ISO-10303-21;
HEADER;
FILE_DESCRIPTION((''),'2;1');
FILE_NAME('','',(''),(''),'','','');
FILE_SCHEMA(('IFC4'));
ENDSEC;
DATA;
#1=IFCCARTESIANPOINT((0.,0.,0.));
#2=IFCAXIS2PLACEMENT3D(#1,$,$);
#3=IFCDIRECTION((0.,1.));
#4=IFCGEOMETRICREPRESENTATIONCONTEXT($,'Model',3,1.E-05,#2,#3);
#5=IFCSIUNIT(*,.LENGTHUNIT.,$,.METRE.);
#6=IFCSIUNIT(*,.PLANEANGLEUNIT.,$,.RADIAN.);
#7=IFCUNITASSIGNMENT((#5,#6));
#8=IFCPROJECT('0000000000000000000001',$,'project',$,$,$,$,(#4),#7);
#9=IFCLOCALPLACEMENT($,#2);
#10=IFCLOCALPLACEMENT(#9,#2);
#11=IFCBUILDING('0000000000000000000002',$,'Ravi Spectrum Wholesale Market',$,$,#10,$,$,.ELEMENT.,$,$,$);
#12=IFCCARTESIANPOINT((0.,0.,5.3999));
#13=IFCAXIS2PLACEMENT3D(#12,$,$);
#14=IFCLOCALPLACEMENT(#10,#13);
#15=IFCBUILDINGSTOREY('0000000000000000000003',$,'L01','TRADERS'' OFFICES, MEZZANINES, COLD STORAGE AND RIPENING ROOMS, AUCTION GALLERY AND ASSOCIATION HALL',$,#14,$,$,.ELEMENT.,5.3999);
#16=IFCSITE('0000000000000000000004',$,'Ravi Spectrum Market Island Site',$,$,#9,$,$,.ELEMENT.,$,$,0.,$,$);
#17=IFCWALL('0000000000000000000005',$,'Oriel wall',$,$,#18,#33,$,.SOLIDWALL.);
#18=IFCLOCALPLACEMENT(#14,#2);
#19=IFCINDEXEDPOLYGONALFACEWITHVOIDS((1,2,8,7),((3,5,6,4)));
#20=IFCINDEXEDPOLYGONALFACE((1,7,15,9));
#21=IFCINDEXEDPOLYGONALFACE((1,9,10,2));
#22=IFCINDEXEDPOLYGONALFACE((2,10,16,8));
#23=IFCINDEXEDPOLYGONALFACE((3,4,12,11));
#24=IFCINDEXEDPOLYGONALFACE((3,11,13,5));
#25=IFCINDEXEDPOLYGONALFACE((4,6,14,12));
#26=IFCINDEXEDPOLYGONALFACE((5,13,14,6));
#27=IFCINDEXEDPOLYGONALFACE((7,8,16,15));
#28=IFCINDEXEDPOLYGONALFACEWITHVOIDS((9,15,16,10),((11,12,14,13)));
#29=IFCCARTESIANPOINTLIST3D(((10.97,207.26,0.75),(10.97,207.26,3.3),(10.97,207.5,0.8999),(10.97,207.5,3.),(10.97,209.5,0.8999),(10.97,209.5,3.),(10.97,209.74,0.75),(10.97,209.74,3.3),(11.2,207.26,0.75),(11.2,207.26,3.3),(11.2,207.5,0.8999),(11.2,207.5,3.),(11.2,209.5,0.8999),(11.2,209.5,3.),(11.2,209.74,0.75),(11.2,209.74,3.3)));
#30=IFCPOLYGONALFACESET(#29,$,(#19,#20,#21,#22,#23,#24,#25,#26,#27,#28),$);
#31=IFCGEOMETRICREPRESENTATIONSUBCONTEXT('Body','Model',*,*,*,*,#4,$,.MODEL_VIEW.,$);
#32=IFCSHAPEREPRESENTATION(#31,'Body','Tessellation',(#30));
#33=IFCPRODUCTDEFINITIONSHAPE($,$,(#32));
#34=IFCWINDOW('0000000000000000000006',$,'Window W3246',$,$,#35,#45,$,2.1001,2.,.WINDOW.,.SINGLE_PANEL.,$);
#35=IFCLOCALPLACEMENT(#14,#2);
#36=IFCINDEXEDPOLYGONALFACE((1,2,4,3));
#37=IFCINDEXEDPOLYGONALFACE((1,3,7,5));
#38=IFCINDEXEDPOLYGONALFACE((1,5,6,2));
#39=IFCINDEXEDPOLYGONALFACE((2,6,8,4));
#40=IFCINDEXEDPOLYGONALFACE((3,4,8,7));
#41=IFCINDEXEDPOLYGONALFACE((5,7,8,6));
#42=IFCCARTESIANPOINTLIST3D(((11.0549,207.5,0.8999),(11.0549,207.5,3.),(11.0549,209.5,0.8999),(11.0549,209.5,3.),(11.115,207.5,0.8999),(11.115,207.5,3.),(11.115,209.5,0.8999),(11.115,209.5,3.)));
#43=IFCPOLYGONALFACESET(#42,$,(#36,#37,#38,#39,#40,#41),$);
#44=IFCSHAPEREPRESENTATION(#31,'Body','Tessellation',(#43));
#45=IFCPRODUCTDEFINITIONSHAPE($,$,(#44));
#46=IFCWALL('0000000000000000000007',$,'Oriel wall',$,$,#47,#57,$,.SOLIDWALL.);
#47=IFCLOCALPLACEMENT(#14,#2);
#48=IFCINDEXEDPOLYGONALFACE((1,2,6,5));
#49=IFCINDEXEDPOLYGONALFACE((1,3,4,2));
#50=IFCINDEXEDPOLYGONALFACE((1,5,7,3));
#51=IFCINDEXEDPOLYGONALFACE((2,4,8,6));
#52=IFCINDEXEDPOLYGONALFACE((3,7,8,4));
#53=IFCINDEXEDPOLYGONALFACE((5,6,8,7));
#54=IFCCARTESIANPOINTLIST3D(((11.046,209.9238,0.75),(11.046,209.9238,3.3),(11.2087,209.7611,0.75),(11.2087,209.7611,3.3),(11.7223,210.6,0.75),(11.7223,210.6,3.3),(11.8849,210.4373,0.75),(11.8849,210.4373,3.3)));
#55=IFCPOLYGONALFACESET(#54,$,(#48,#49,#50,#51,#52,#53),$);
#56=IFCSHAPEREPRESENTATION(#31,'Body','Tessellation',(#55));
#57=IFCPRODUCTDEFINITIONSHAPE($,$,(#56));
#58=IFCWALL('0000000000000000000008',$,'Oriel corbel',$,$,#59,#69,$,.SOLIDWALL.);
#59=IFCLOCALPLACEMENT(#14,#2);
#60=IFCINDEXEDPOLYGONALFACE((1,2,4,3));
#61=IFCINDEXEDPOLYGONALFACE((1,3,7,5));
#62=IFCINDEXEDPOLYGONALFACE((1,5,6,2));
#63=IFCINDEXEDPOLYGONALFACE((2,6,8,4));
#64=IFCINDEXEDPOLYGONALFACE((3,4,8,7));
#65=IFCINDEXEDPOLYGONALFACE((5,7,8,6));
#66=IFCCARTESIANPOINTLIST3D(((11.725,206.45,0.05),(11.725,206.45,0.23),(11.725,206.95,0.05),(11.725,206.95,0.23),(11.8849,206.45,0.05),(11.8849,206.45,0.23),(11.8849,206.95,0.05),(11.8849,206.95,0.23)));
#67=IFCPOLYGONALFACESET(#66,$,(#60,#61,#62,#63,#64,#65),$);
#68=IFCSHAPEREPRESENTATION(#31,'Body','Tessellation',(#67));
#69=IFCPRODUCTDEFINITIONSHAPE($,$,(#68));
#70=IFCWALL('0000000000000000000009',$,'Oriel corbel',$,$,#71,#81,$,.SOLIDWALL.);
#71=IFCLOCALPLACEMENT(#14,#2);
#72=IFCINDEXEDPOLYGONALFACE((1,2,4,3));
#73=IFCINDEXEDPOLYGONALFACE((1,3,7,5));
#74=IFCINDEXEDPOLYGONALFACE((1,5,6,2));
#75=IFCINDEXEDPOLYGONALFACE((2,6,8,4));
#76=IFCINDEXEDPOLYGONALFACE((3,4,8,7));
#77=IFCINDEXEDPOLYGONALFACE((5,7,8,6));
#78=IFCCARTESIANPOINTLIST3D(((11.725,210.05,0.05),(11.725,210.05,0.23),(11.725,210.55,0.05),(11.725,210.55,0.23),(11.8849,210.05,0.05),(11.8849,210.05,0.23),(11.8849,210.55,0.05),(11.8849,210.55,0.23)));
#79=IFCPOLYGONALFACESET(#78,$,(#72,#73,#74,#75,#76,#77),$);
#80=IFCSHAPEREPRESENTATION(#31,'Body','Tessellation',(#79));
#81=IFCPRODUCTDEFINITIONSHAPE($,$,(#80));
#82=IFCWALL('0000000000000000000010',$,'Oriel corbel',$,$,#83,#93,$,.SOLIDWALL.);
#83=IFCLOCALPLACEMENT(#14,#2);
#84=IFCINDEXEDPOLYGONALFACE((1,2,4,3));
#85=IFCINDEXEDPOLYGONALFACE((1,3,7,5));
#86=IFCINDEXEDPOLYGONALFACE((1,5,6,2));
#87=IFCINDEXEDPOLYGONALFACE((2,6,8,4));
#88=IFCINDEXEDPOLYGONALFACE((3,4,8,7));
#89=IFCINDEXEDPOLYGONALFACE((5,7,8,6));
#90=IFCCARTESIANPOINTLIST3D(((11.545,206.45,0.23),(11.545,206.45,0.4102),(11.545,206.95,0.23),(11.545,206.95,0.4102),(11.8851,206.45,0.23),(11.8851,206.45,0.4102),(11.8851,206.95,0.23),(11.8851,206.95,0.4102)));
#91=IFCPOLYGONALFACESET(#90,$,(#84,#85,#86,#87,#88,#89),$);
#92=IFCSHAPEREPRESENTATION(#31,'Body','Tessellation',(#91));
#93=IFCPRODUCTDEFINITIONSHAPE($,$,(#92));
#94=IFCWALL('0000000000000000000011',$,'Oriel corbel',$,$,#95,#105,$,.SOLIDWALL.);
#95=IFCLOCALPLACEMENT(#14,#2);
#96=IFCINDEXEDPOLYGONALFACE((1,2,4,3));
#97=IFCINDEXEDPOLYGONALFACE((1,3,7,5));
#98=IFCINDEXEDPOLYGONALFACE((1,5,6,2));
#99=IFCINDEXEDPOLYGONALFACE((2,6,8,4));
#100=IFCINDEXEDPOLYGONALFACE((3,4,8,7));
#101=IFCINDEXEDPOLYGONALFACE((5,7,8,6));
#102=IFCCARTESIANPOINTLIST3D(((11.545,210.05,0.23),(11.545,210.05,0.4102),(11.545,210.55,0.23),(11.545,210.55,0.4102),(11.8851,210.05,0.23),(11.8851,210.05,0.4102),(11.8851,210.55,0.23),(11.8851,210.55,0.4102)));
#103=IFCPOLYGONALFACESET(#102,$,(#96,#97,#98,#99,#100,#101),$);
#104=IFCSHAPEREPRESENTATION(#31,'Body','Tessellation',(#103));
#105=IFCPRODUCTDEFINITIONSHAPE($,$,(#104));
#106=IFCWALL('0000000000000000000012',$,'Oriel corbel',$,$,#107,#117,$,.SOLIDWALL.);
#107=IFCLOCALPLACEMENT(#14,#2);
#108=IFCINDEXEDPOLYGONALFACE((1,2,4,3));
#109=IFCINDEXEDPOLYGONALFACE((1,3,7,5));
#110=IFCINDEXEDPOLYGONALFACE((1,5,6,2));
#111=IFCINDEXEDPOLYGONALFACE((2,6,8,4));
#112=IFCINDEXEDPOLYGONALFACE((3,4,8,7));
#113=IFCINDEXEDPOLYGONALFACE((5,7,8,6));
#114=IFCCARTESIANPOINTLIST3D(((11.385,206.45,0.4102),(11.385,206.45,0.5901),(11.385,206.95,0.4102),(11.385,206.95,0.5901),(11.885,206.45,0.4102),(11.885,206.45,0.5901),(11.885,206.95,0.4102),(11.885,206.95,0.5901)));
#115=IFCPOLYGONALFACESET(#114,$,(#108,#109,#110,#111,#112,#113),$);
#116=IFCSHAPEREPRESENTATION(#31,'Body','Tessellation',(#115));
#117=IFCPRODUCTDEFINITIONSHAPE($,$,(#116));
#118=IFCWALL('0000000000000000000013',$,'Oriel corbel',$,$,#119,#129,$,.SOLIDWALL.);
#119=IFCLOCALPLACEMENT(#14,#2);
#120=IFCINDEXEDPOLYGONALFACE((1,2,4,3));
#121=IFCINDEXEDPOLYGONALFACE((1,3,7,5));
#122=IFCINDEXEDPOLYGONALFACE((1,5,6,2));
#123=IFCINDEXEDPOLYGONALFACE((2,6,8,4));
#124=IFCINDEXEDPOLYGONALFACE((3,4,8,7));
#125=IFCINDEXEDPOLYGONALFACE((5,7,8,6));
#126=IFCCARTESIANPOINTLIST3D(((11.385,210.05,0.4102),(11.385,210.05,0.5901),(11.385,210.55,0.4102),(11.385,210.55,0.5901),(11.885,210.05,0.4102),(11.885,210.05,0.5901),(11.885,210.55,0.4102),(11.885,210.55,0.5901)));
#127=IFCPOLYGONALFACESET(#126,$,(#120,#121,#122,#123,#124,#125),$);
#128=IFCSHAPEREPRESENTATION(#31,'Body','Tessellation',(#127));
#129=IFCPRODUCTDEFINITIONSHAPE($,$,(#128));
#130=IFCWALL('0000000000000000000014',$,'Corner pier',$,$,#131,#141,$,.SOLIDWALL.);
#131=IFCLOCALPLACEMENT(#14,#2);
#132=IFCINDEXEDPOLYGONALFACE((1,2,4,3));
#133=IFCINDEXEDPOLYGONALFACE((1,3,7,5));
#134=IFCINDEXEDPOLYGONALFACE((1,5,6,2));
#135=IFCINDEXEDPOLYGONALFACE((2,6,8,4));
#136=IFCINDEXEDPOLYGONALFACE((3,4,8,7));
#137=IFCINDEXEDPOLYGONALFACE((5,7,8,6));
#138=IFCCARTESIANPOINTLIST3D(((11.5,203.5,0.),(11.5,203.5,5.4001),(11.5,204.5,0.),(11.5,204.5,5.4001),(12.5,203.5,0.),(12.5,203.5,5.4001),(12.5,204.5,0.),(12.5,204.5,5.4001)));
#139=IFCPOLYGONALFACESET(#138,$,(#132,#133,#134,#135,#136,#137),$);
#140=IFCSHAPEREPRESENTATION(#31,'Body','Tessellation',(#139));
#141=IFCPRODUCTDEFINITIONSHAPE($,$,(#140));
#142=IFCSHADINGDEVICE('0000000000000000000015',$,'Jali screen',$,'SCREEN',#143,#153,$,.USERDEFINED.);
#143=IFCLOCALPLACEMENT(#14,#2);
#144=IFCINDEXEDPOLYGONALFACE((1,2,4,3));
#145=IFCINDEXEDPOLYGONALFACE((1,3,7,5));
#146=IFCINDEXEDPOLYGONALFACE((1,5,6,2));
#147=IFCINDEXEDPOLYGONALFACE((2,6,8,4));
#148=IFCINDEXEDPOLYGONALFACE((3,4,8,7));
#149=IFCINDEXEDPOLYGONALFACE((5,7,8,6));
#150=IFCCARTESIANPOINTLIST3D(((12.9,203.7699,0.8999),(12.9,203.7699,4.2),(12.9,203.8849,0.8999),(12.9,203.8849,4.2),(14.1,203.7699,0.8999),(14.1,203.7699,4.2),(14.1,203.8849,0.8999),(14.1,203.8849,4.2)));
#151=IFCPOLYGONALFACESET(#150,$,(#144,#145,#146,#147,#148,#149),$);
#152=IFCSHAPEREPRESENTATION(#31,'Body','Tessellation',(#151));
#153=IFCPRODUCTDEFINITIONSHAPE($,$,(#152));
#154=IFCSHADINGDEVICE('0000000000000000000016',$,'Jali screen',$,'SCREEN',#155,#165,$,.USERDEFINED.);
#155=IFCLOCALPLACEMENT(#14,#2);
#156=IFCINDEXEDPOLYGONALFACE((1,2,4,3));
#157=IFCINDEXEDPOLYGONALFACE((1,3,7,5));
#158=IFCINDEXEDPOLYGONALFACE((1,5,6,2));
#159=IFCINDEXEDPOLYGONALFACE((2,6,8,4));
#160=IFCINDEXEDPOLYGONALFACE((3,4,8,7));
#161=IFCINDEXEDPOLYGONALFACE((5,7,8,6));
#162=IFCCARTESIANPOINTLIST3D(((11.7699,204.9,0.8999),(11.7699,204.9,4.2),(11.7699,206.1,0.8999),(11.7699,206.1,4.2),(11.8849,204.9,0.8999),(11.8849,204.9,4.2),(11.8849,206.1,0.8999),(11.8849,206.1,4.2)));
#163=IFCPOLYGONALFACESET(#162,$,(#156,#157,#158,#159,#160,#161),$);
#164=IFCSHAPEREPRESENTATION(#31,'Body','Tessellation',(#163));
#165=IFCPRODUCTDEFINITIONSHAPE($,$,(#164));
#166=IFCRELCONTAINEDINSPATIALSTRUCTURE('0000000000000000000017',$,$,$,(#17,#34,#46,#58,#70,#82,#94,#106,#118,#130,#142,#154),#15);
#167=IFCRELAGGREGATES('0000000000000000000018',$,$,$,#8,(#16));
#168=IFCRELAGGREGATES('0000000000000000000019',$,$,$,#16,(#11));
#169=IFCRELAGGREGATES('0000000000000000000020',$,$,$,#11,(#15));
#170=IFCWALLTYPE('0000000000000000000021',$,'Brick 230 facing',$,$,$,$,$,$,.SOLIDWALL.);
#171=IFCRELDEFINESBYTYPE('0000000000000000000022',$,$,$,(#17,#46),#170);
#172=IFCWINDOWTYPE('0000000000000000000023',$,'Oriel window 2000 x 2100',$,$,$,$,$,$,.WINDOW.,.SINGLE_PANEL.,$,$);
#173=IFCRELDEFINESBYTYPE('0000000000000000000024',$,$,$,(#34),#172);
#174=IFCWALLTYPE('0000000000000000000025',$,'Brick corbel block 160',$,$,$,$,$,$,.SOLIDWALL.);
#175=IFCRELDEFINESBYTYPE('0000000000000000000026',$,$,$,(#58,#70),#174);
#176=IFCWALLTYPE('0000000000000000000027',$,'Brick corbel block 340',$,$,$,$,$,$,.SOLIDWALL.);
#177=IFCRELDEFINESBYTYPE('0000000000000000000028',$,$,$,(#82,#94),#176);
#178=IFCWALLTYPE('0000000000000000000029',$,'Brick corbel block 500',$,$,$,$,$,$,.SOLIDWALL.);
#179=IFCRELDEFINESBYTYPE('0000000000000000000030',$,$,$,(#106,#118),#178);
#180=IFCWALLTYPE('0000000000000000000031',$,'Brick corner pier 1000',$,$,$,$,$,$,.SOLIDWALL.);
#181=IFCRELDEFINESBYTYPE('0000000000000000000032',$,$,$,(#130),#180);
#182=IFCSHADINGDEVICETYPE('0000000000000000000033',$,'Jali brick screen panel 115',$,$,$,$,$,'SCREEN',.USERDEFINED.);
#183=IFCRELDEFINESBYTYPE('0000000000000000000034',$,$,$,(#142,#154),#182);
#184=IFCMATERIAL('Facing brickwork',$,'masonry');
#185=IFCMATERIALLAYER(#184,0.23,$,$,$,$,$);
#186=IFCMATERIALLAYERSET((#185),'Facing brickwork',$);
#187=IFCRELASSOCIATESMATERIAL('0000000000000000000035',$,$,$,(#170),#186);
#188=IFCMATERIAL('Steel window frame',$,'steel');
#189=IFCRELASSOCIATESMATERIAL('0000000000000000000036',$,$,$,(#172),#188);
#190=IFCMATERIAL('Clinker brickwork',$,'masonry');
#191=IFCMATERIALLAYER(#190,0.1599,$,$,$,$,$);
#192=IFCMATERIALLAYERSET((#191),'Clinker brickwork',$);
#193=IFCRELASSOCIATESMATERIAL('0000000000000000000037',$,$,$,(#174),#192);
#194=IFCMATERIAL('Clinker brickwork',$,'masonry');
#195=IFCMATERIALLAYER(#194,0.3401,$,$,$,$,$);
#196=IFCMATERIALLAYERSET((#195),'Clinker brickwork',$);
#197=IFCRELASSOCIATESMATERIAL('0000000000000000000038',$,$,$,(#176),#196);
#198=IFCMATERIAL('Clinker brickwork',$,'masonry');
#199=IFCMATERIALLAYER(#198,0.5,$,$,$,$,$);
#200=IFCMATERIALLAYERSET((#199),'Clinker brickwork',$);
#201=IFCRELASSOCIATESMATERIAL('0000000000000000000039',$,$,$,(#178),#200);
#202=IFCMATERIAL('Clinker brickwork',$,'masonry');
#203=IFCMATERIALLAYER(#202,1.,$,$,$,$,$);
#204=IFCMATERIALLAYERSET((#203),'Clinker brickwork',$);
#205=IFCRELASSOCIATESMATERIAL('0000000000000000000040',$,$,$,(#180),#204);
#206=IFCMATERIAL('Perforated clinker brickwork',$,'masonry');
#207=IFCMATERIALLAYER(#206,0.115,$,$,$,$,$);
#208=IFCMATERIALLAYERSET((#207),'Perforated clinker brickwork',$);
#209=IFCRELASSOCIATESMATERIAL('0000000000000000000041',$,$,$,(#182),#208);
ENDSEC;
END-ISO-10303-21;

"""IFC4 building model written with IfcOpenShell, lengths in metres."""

from ifc_helpers import new_model, si_unit, direction, frame, frame_2d, origin, origin_2d, place, context, subcontext, project, spatial, rectangle, extrude, material, layer, layer_set, type_object, element, fill, save


model = new_model("IFC4")

# Units and contexts
model_context = context("Model", 3, precision=1e-05, world=origin(), true_north=direction((0.0, 1.0)))
body_context = subcontext(model_context, "Body", "Model", "MODEL_VIEW")
ifc_project = project(units=[si_unit("LENGTHUNIT", "METRE"), si_unit("PLANEANGLEUNIT", "RADIAN")], contexts=[model_context])

# Site, building, storey
site_placement = place(None, origin())
site = spatial("IfcSite", under=ifc_project, at=site_placement, Name="Ravi Spectrum Market Island Site", CompositionType="ELEMENT", RefElevation=0.0)
building_placement = place(site_placement, origin())
building = spatial("IfcBuilding", under=site, at=building_placement, Name="Ravi Spectrum Wholesale Market", CompositionType="ELEMENT")
storey_placement = place(building_placement, frame((0.0, 0.0, 5.3999)))
storey = spatial("IfcBuildingStorey", under=building, at=storey_placement, Name="L01", Description="TRADERS' OFFICES, MEZZANINES, COLD STORAGE AND RIPENING ROOMS, AUCTION GALLERY AND ASSOCIATION HALL", CompositionType="ELEMENT", Elevation=5.3999)

# Shared definitions
ifc_material_1 = material(Name="Facing brickwork", Category="masonry")
ifc_layer_1 = layer(ifc_material_1, 0.23)
ifc_layer_set_1 = layer_set([ifc_layer_1], Name="Facing brickwork")
wall_type_1 = type_object("IfcWallType", Name="Brick 230 facing", PredefinedType="SOLIDWALL", material=ifc_layer_set_1)

# Wall, opening, window
wall_1_placement = place(storey_placement, frame((11.085, 207.26, 0.75), z_axis=(0.0, 0.0, 1.0), x_axis=(0.0, 1.0, 0.0)))
wall_1 = element("IfcWall", 1, at=wall_1_placement, inside=storey, type_object=wall_type_1, Name="Oriel wall", PredefinedType="SOLIDWALL", context=body_context, shape_type="SweptSolid", body=[
    extrude(rectangle(XDim=2.48, YDim=0.23, at=frame_2d((1.24, 0.0))), origin(), (0.0, 0.0, 1.0), 2.55),
])
opening_1_placement = place(wall_1_placement, frame((0.24, 0.0, 0.1499)))
opening_1 = element("IfcOpeningElement", 2, at=opening_1_placement, cuts=wall_1, PredefinedType="OPENING", context=body_context, shape_type="SweptSolid", body=[
    extrude(rectangle(XDim=2.0, YDim=2.1001, at=frame_2d((1.0, 1.05))), frame((0.0, 0.125, 0.0), z_axis=(0.0, -1.0, 0.0), x_axis=(1.0, 0.0, 0.0)), (0.0, 0.0, 1.0), 0.25),
])
ifc_material_2 = material(Name="Steel window frame", Category="steel")
window_type_1 = type_object("IfcWindowType", Name="Oriel window 2000 x 2100", PartitioningType="SINGLE_PANEL", PredefinedType="WINDOW", material=ifc_material_2)
window_1_placement = place(opening_1_placement, origin())
window_1 = element("IfcWindow", 3, at=window_1_placement, inside=storey, type_object=window_type_1, Name="Window W3246", OverallHeight=2.1001, OverallWidth=2.0, PartitioningType="SINGLE_PANEL", PredefinedType="WINDOW", context=body_context, shape_type="SweptSolid", body=[
    extrude(rectangle(XDim=2.0, YDim=2.1001, at=frame_2d((1.0, 1.05))), frame((0.0, 0.03, 0.0), z_axis=(0.0, -1.0, 0.0), x_axis=(1.0, 0.0, 0.0)), (0.0, 0.0, 1.0), 0.0601),
])
fill(opening_1, window_1)

# Walls
wall_2_placement = place(storey_placement, frame((11.1274, 209.8425, 0.75), z_axis=(0.0, 0.0, 1.0), x_axis=(0.707107, 0.707107, 0.0)))
element("IfcWall", 4, at=wall_2_placement, inside=storey, type_object=wall_type_1, Name="Oriel wall", PredefinedType="SOLIDWALL", context=body_context, shape_type="SweptSolid", body=[
    extrude(rectangle(XDim=0.9563, YDim=0.23, at=frame_2d((0.478, 0.0))), origin(), (0.0, 0.0, 1.0), 2.55),
])
ifc_material_3 = material(Name="Clinker brickwork", Category="masonry")
ifc_layer_2 = layer(ifc_material_3, 0.1599)
ifc_layer_set_2 = layer_set([ifc_layer_2], Name="Clinker brickwork")
wall_type_2 = type_object("IfcWallType", Name="Brick corbel block 160", PredefinedType="SOLIDWALL", material=ifc_layer_set_2)
for number, where, z_axis, x_axis, name in (
    (5, (11.8049, 206.45, 0.05), (0.0, 0.0, 1.0), (0.0, 1.0, 0.0), "Oriel corbel"),
    (6, (11.8049, 210.05, 0.05), (0.0, 0.0, 1.0), (0.0, 1.0, 0.0), "Oriel corbel"),
):
    element("IfcWall", number, at=place(storey_placement, frame(where, z_axis=z_axis, x_axis=x_axis)), inside=storey, type_object=wall_type_2, Name=name, PredefinedType="SOLIDWALL", context=body_context, shape_type="SweptSolid", body=[
        extrude(rectangle(XDim=0.5, YDim=0.1599, at=frame_2d((0.25, 0.0))), origin(), (0.0, 0.0, 1.0), 0.1799),
    ])
ifc_material_4 = material(Name="Clinker brickwork", Category="masonry")
ifc_layer_3 = layer(ifc_material_4, 0.3401)
ifc_layer_set_3 = layer_set([ifc_layer_3], Name="Clinker brickwork")
wall_type_3 = type_object("IfcWallType", Name="Brick corbel block 340", PredefinedType="SOLIDWALL", material=ifc_layer_set_3)
for number, where, z_axis, x_axis, name in (
    (7, (11.7151, 206.45, 0.23), (0.0, 0.0, 1.0), (0.0, 1.0, 0.0), "Oriel corbel"),
    (8, (11.7151, 210.05, 0.23), (0.0, 0.0, 1.0), (0.0, 1.0, 0.0), "Oriel corbel"),
):
    element("IfcWall", number, at=place(storey_placement, frame(where, z_axis=z_axis, x_axis=x_axis)), inside=storey, type_object=wall_type_3, Name=name, PredefinedType="SOLIDWALL", context=body_context, shape_type="SweptSolid", body=[
        extrude(rectangle(XDim=0.5, YDim=0.3401, at=frame_2d((0.25, 0.0))), origin(), (0.0, 0.0, 1.0), 0.1802),
    ])
ifc_material_5 = material(Name="Clinker brickwork", Category="masonry")
ifc_layer_4 = layer(ifc_material_5, 0.5)
ifc_layer_set_4 = layer_set([ifc_layer_4], Name="Clinker brickwork")
wall_type_4 = type_object("IfcWallType", Name="Brick corbel block 500", PredefinedType="SOLIDWALL", material=ifc_layer_set_4)
for number, where, z_axis, x_axis, name in (
    (9, (11.635, 206.45, 0.4102), (0.0, 0.0, 1.0), (0.0, 1.0, 0.0), "Oriel corbel"),
    (10, (11.635, 210.05, 0.4102), (0.0, 0.0, 1.0), (0.0, 1.0, 0.0), "Oriel corbel"),
):
    element("IfcWall", number, at=place(storey_placement, frame(where, z_axis=z_axis, x_axis=x_axis)), inside=storey, type_object=wall_type_4, Name=name, PredefinedType="SOLIDWALL", context=body_context, shape_type="SweptSolid", body=[
        extrude(rectangle(XDim=0.5, YDim=0.5, at=frame_2d((0.25, 0.0))), origin(), (0.0, 0.0, 1.0), 0.1799),
    ])
ifc_material_6 = material(Name="Clinker brickwork", Category="masonry")
ifc_layer_5 = layer(ifc_material_6, 1.0)
ifc_layer_set_5 = layer_set([ifc_layer_5], Name="Clinker brickwork")
wall_type_5 = type_object("IfcWallType", Name="Brick corner pier 1000", PredefinedType="SOLIDWALL", material=ifc_layer_set_5)
wall_3_placement = place(storey_placement, frame((11.5, 204.0, 0.0), z_axis=(0.0, 0.0, 1.0), x_axis=(1.0, 0.0, 0.0)))
element("IfcWall", 11, at=wall_3_placement, inside=storey, type_object=wall_type_5, Name="Corner pier", PredefinedType="SOLIDWALL", context=body_context, shape_type="SweptSolid", body=[
    extrude(rectangle(XDim=1.0, YDim=1.0, at=frame_2d((0.5, 0.0))), origin(), (0.0, 0.0, 1.0), 5.4001),
])

# Shading devices
ifc_material_7 = material(Name="Perforated clinker brickwork", Category="masonry")
ifc_layer_6 = layer(ifc_material_7, 0.115)
ifc_layer_set_6 = layer_set([ifc_layer_6], Name="Perforated clinker brickwork")
shading_device_type = type_object("IfcShadingDeviceType", Name="Jali brick screen panel 115", ElementType="SCREEN", PredefinedType="USERDEFINED", material=ifc_layer_set_6)
shading_device_1_placement = place(storey_placement, frame((13.5, 203.8274, 0.8999), z_axis=(0.0, 0.0, 1.0), x_axis=(1.0, 0.0, 0.0)))
element("IfcShadingDevice", 12, at=shading_device_1_placement, inside=storey, type_object=shading_device_type, Name="Jali screen", ObjectType="SCREEN", PredefinedType="USERDEFINED", context=body_context, shape_type="SweptSolid", body=[
    extrude(rectangle(XDim=1.2, YDim=0.115, at=origin_2d()), origin(), (0.0, 0.0, 1.0), 3.3),
])
shading_device_2_placement = place(storey_placement, frame((11.8274, 205.5, 0.8999), z_axis=(0.0, 0.0, 1.0), x_axis=(1.0, 0.0, 0.0)))
element("IfcShadingDevice", 13, at=shading_device_2_placement, inside=storey, type_object=shading_device_type, Name="Jali screen", ObjectType="SCREEN", PredefinedType="USERDEFINED", context=body_context, shape_type="SweptSolid", body=[
    extrude(rectangle(XDim=0.115, YDim=1.2, at=origin_2d()), origin(), (0.0, 0.0, 1.0), 3.3),
])

save(model, "model.ifc")
